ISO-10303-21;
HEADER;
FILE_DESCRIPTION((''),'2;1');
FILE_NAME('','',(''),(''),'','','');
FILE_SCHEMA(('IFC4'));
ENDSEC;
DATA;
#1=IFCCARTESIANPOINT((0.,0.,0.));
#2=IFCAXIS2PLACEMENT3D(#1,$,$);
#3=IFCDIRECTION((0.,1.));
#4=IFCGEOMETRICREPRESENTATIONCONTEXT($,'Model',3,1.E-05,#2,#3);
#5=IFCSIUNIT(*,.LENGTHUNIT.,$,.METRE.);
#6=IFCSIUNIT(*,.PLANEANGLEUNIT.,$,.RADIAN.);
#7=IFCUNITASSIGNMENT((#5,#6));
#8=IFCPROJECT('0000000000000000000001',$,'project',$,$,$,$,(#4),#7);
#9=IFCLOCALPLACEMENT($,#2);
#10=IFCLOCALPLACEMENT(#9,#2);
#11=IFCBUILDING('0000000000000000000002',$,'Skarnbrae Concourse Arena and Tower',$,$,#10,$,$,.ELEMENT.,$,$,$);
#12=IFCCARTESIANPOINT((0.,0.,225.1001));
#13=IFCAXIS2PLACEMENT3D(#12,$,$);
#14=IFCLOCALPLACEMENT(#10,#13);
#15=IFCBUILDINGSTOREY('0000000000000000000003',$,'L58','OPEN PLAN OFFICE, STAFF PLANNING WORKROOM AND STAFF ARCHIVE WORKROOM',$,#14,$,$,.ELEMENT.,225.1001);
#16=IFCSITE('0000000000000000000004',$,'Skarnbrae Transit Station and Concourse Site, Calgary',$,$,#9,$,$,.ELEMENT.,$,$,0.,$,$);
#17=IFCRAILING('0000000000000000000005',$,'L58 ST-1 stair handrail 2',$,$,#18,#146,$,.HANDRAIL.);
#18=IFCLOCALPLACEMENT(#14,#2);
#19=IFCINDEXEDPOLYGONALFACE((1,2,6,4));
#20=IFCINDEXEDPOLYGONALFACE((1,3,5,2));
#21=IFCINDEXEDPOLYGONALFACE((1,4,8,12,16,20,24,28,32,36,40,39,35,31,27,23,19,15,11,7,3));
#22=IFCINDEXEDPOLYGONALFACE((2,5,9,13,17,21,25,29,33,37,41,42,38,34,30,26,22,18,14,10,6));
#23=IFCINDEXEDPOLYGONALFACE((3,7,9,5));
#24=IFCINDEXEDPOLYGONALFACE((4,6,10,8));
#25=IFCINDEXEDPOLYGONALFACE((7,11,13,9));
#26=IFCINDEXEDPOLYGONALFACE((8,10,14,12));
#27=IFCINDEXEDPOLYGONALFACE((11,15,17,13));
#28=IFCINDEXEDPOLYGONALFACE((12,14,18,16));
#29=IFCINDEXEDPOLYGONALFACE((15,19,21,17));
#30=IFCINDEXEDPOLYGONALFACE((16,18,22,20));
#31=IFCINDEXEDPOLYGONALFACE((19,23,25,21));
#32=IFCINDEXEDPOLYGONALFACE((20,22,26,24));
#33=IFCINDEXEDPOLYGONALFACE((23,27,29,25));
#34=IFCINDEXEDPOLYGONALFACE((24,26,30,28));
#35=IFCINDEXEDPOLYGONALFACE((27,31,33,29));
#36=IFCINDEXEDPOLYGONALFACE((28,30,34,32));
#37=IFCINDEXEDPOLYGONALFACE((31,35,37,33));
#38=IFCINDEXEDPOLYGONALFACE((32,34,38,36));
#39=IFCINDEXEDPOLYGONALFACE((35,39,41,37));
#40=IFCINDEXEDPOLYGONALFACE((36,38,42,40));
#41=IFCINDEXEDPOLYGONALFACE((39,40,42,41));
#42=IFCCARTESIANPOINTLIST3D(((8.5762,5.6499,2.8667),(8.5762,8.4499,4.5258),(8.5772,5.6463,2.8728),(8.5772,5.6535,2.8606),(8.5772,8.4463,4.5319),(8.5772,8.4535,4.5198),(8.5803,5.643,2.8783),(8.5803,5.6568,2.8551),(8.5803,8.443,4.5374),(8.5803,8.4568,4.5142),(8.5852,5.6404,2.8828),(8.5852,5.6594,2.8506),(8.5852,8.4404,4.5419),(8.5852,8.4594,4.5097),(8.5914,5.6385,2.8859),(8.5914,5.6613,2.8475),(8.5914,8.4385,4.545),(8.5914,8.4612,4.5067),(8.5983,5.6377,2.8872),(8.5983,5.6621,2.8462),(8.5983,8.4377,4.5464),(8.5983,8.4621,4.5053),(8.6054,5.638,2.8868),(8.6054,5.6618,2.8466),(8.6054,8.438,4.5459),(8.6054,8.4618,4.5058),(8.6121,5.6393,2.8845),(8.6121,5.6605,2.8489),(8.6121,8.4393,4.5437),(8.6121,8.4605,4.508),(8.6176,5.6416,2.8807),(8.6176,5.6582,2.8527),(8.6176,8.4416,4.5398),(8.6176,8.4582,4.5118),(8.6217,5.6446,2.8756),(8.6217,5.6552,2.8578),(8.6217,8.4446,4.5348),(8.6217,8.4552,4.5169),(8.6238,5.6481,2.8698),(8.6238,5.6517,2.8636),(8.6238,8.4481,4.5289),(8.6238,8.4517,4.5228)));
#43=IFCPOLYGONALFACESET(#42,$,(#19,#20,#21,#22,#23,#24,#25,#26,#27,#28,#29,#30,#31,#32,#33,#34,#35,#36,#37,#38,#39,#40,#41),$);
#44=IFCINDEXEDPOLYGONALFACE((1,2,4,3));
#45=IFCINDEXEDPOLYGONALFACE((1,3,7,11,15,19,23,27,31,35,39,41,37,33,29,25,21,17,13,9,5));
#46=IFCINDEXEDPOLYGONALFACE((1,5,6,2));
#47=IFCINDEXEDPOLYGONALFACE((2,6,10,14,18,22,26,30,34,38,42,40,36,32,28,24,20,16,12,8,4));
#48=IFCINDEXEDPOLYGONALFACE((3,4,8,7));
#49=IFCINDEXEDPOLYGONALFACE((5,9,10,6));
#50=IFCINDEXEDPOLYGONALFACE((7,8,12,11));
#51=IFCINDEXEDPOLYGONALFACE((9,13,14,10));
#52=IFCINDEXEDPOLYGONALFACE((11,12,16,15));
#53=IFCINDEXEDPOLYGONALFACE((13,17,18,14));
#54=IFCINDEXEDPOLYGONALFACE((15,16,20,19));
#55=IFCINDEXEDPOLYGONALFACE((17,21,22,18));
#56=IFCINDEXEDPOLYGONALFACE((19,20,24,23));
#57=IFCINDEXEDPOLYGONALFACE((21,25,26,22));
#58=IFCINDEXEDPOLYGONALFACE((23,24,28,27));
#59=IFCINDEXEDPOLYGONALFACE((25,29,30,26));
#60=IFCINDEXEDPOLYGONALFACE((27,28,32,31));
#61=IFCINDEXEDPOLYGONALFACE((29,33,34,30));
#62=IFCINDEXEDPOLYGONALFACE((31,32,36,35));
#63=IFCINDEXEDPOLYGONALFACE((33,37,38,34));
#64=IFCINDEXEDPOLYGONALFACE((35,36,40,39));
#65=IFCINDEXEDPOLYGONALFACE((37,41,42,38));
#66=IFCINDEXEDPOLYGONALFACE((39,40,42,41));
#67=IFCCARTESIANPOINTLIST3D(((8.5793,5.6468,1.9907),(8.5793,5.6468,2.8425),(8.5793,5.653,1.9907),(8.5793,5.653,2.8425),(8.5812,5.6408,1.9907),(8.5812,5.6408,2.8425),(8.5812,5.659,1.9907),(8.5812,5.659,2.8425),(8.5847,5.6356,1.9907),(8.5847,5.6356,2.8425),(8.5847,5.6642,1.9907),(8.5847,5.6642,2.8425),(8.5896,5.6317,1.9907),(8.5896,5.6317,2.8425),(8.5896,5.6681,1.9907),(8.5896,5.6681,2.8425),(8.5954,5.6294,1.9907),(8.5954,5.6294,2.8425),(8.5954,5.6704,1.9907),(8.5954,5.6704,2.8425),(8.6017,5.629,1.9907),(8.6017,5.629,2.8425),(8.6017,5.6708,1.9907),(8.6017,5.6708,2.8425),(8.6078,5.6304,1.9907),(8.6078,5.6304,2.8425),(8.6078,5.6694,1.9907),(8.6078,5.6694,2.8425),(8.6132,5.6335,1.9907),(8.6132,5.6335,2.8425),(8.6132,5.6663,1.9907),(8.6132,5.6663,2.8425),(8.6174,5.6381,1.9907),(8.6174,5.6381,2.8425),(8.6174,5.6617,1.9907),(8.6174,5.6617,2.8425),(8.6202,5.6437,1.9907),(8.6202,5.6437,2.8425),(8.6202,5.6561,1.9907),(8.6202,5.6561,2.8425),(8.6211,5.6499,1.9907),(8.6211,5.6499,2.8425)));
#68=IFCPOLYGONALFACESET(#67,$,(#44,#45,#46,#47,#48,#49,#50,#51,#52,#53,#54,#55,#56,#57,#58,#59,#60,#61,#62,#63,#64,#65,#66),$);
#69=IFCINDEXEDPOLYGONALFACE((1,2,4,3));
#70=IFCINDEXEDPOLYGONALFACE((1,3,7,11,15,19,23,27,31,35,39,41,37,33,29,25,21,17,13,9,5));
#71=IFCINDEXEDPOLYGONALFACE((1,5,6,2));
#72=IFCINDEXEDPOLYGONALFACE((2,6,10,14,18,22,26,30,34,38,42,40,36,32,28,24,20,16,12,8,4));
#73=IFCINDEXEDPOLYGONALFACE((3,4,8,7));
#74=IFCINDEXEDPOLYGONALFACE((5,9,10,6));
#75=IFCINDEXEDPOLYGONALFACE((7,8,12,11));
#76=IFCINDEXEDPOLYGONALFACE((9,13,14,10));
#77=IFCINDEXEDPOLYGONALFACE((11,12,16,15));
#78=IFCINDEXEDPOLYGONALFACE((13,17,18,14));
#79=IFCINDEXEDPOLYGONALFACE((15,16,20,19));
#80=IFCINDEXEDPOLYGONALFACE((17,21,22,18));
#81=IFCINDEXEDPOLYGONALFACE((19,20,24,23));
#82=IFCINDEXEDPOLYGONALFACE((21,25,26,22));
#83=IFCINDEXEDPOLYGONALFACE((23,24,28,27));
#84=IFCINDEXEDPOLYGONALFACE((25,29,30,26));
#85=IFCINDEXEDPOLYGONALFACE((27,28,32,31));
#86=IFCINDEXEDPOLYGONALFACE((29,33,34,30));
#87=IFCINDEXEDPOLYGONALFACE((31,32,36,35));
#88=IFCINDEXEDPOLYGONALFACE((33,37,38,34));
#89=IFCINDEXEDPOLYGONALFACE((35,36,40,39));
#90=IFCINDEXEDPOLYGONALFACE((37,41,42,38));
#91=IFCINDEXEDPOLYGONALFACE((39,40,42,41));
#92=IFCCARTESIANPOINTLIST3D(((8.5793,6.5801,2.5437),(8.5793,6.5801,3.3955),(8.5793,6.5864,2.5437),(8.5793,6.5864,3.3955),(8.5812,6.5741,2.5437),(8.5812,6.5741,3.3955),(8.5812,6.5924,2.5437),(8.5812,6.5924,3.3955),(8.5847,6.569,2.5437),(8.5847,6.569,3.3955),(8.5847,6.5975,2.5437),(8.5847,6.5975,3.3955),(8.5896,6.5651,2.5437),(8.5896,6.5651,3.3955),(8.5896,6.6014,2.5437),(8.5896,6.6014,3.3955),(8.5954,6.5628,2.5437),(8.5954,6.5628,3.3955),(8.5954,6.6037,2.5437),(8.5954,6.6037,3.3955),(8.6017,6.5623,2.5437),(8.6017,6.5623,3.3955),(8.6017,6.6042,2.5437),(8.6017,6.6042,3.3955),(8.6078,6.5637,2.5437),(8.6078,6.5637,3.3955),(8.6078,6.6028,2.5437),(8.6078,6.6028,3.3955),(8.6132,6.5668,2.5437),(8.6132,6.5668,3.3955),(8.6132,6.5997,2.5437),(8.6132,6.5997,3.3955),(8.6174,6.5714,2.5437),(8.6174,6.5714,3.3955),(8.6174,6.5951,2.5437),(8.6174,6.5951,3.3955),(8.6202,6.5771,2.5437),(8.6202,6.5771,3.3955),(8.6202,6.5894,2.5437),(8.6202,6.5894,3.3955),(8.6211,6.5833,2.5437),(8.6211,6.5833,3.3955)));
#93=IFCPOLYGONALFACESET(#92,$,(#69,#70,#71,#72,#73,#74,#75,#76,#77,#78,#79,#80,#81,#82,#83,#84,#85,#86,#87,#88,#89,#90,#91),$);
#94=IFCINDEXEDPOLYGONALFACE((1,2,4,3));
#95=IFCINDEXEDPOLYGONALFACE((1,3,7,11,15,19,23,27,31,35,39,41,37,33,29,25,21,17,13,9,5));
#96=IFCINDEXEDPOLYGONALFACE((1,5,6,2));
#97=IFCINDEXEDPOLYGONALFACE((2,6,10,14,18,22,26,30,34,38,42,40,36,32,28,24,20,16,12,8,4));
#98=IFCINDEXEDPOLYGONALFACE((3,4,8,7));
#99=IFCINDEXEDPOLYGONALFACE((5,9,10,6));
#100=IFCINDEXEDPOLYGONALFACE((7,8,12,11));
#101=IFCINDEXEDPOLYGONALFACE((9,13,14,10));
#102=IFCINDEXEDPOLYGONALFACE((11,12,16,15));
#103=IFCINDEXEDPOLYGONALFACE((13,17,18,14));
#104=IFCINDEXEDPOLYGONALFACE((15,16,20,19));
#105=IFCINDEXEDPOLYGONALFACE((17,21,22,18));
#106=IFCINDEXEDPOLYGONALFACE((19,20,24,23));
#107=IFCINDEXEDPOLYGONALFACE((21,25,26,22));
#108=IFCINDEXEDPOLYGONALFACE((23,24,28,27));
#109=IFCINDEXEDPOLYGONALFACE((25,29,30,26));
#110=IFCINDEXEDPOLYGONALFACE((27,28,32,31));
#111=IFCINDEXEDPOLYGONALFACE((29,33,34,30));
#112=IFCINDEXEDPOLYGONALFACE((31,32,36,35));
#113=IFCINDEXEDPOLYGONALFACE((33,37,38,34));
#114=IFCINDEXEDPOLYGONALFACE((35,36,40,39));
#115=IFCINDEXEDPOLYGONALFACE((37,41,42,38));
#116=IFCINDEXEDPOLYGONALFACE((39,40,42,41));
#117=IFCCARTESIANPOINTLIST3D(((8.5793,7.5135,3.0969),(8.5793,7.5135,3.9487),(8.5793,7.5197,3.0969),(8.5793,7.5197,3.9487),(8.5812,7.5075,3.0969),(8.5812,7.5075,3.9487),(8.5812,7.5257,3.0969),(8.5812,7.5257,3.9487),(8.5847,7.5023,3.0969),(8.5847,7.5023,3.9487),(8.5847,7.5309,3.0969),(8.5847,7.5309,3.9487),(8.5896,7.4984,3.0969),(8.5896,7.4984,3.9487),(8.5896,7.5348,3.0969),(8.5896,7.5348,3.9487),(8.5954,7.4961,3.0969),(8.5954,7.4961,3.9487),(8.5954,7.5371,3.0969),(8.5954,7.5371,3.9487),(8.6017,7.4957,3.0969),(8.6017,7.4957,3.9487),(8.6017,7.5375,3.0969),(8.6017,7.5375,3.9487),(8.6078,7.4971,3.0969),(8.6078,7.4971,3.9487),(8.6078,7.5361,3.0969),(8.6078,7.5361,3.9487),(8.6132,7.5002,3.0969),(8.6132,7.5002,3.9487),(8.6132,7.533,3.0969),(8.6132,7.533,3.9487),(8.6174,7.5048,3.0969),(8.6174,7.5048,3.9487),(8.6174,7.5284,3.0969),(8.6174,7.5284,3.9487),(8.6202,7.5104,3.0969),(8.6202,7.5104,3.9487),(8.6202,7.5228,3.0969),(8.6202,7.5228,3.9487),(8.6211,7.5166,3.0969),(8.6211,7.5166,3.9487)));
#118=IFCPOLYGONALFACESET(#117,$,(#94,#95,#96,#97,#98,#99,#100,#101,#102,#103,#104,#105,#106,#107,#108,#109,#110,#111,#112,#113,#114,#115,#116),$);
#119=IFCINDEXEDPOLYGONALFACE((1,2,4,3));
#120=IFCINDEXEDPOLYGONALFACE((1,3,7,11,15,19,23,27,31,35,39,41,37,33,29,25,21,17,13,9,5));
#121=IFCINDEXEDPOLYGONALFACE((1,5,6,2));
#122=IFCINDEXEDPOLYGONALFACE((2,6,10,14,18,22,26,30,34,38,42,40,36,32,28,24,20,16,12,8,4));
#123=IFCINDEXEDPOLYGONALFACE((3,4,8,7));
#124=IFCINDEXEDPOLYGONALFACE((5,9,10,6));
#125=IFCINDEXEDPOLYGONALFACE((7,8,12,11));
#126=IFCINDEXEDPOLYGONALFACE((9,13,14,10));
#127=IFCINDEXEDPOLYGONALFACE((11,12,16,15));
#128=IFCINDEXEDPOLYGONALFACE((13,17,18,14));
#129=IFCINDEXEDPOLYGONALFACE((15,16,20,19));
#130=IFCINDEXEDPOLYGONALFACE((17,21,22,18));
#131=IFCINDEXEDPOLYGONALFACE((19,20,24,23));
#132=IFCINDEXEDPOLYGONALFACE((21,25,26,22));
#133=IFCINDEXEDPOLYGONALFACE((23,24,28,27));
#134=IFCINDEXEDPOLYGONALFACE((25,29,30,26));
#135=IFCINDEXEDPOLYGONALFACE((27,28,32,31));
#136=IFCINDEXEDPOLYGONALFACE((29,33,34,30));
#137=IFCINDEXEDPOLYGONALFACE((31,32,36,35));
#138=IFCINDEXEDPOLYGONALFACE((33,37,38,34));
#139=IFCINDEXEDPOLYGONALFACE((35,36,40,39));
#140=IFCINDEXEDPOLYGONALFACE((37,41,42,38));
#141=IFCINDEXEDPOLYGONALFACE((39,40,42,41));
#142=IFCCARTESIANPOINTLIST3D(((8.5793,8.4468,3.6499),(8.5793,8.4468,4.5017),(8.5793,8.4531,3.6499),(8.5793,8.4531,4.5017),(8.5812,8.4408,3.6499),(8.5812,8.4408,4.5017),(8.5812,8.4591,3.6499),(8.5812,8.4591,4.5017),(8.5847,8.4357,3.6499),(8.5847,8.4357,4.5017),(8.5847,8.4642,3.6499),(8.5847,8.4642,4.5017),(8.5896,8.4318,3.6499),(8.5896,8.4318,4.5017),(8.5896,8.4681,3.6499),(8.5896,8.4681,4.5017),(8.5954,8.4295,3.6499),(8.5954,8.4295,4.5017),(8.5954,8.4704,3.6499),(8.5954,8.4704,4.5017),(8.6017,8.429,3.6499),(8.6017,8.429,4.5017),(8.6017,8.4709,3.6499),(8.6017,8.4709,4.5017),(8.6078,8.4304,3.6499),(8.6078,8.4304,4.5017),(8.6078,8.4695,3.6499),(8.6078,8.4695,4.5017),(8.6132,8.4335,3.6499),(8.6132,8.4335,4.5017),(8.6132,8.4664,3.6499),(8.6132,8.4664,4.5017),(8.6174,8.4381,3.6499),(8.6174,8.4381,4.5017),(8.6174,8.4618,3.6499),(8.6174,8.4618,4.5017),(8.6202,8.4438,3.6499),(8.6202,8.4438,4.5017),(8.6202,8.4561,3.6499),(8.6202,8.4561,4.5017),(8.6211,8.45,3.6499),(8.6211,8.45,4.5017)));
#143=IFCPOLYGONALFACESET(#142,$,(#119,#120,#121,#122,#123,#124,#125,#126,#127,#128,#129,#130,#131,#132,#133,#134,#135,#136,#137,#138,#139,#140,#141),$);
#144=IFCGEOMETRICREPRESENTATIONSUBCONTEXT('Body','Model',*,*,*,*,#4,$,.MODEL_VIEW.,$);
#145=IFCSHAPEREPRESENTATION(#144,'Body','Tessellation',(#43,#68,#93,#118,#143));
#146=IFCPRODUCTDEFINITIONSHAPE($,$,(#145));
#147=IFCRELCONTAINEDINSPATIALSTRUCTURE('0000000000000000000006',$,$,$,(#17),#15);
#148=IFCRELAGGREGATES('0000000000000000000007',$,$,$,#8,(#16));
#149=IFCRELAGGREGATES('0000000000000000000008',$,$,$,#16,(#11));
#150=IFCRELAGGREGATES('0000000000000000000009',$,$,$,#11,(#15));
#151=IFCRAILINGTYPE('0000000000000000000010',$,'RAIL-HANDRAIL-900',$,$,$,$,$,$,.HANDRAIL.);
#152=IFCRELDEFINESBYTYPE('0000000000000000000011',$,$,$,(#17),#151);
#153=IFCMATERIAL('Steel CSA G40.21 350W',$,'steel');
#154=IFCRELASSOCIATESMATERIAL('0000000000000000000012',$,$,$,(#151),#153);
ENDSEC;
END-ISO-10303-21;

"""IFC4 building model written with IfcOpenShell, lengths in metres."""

from ifc_helpers import new_model, si_unit, direction, frame, origin, origin_2d, place, context, subcontext, project, spatial, circle, extrude, material, type_object, element, save


model = new_model("IFC4")

# Units and contexts
model_context = context("Model", 3, precision=1e-05, world=origin(), true_north=direction((0.0, 1.0)))
body_context = subcontext(model_context, "Body", "Model", "MODEL_VIEW")
ifc_project = project(units=[si_unit("LENGTHUNIT", "METRE"), si_unit("PLANEANGLEUNIT", "RADIAN")], contexts=[model_context])

# Site, building, storey
site_placement = place(None, origin())
site = spatial("IfcSite", under=ifc_project, at=site_placement, Name="Skarnbrae Transit Station and Concourse Site, Calgary", CompositionType="ELEMENT", RefElevation=0.0)
building_placement = place(site_placement, origin())
building = spatial("IfcBuilding", under=site, at=building_placement, Name="Skarnbrae Concourse Arena and Tower", CompositionType="ELEMENT")
storey_placement = place(building_placement, frame((0.0, 0.0, 225.1001)))
storey = spatial("IfcBuildingStorey", under=building, at=storey_placement, Name="L58", Description="OPEN PLAN OFFICE, STAFF PLANNING WORKROOM AND STAFF ARCHIVE WORKROOM", CompositionType="ELEMENT", Elevation=225.1001)

# Shared definitions
ifc_material_1 = material(Name="Steel CSA G40.21 350W", Category="steel")

# Railing
railing_type_1 = type_object("IfcRailingType", Name="RAIL-HANDRAIL-900", PredefinedType="HANDRAIL", material=ifc_material_1)
railing_1_placement = place(storey_placement, frame((8.6001, 5.6499, 1.9907)))
element("IfcRailing", 1, at=railing_1_placement, inside=storey, type_object=railing_type_1, Name="L58 ST-1 stair handrail 2", PredefinedType="HANDRAIL", context=body_context, shape_type="SweptSolid", body=[
    extrude(circle(Radius=0.0239, at=origin_2d()), frame((0.0, 0.0, 0.876), z_axis=(0.0, 0.860306, 0.509778), x_axis=(-1.0, 0.0, 0.0)), (0.0, 0.0, 1.0), 3.2546),
    extrude(circle(Radius=0.021, at=origin_2d()), origin(), (0.0, 0.0, 1.0), 0.8518),
    extrude(circle(Radius=0.021, at=origin_2d()), frame((0.0, 0.9333, 0.553)), (0.0, 0.0, 1.0), 0.8518),
    extrude(circle(Radius=0.021, at=origin_2d()), frame((0.0, 1.8667, 1.1062)), (0.0, 0.0, 1.0), 0.8518),
    extrude(circle(Radius=0.021, at=origin_2d()), frame((0.0, 2.8, 1.6592)), (0.0, 0.0, 1.0), 0.8518),
])

save(model, "model.ifc")
